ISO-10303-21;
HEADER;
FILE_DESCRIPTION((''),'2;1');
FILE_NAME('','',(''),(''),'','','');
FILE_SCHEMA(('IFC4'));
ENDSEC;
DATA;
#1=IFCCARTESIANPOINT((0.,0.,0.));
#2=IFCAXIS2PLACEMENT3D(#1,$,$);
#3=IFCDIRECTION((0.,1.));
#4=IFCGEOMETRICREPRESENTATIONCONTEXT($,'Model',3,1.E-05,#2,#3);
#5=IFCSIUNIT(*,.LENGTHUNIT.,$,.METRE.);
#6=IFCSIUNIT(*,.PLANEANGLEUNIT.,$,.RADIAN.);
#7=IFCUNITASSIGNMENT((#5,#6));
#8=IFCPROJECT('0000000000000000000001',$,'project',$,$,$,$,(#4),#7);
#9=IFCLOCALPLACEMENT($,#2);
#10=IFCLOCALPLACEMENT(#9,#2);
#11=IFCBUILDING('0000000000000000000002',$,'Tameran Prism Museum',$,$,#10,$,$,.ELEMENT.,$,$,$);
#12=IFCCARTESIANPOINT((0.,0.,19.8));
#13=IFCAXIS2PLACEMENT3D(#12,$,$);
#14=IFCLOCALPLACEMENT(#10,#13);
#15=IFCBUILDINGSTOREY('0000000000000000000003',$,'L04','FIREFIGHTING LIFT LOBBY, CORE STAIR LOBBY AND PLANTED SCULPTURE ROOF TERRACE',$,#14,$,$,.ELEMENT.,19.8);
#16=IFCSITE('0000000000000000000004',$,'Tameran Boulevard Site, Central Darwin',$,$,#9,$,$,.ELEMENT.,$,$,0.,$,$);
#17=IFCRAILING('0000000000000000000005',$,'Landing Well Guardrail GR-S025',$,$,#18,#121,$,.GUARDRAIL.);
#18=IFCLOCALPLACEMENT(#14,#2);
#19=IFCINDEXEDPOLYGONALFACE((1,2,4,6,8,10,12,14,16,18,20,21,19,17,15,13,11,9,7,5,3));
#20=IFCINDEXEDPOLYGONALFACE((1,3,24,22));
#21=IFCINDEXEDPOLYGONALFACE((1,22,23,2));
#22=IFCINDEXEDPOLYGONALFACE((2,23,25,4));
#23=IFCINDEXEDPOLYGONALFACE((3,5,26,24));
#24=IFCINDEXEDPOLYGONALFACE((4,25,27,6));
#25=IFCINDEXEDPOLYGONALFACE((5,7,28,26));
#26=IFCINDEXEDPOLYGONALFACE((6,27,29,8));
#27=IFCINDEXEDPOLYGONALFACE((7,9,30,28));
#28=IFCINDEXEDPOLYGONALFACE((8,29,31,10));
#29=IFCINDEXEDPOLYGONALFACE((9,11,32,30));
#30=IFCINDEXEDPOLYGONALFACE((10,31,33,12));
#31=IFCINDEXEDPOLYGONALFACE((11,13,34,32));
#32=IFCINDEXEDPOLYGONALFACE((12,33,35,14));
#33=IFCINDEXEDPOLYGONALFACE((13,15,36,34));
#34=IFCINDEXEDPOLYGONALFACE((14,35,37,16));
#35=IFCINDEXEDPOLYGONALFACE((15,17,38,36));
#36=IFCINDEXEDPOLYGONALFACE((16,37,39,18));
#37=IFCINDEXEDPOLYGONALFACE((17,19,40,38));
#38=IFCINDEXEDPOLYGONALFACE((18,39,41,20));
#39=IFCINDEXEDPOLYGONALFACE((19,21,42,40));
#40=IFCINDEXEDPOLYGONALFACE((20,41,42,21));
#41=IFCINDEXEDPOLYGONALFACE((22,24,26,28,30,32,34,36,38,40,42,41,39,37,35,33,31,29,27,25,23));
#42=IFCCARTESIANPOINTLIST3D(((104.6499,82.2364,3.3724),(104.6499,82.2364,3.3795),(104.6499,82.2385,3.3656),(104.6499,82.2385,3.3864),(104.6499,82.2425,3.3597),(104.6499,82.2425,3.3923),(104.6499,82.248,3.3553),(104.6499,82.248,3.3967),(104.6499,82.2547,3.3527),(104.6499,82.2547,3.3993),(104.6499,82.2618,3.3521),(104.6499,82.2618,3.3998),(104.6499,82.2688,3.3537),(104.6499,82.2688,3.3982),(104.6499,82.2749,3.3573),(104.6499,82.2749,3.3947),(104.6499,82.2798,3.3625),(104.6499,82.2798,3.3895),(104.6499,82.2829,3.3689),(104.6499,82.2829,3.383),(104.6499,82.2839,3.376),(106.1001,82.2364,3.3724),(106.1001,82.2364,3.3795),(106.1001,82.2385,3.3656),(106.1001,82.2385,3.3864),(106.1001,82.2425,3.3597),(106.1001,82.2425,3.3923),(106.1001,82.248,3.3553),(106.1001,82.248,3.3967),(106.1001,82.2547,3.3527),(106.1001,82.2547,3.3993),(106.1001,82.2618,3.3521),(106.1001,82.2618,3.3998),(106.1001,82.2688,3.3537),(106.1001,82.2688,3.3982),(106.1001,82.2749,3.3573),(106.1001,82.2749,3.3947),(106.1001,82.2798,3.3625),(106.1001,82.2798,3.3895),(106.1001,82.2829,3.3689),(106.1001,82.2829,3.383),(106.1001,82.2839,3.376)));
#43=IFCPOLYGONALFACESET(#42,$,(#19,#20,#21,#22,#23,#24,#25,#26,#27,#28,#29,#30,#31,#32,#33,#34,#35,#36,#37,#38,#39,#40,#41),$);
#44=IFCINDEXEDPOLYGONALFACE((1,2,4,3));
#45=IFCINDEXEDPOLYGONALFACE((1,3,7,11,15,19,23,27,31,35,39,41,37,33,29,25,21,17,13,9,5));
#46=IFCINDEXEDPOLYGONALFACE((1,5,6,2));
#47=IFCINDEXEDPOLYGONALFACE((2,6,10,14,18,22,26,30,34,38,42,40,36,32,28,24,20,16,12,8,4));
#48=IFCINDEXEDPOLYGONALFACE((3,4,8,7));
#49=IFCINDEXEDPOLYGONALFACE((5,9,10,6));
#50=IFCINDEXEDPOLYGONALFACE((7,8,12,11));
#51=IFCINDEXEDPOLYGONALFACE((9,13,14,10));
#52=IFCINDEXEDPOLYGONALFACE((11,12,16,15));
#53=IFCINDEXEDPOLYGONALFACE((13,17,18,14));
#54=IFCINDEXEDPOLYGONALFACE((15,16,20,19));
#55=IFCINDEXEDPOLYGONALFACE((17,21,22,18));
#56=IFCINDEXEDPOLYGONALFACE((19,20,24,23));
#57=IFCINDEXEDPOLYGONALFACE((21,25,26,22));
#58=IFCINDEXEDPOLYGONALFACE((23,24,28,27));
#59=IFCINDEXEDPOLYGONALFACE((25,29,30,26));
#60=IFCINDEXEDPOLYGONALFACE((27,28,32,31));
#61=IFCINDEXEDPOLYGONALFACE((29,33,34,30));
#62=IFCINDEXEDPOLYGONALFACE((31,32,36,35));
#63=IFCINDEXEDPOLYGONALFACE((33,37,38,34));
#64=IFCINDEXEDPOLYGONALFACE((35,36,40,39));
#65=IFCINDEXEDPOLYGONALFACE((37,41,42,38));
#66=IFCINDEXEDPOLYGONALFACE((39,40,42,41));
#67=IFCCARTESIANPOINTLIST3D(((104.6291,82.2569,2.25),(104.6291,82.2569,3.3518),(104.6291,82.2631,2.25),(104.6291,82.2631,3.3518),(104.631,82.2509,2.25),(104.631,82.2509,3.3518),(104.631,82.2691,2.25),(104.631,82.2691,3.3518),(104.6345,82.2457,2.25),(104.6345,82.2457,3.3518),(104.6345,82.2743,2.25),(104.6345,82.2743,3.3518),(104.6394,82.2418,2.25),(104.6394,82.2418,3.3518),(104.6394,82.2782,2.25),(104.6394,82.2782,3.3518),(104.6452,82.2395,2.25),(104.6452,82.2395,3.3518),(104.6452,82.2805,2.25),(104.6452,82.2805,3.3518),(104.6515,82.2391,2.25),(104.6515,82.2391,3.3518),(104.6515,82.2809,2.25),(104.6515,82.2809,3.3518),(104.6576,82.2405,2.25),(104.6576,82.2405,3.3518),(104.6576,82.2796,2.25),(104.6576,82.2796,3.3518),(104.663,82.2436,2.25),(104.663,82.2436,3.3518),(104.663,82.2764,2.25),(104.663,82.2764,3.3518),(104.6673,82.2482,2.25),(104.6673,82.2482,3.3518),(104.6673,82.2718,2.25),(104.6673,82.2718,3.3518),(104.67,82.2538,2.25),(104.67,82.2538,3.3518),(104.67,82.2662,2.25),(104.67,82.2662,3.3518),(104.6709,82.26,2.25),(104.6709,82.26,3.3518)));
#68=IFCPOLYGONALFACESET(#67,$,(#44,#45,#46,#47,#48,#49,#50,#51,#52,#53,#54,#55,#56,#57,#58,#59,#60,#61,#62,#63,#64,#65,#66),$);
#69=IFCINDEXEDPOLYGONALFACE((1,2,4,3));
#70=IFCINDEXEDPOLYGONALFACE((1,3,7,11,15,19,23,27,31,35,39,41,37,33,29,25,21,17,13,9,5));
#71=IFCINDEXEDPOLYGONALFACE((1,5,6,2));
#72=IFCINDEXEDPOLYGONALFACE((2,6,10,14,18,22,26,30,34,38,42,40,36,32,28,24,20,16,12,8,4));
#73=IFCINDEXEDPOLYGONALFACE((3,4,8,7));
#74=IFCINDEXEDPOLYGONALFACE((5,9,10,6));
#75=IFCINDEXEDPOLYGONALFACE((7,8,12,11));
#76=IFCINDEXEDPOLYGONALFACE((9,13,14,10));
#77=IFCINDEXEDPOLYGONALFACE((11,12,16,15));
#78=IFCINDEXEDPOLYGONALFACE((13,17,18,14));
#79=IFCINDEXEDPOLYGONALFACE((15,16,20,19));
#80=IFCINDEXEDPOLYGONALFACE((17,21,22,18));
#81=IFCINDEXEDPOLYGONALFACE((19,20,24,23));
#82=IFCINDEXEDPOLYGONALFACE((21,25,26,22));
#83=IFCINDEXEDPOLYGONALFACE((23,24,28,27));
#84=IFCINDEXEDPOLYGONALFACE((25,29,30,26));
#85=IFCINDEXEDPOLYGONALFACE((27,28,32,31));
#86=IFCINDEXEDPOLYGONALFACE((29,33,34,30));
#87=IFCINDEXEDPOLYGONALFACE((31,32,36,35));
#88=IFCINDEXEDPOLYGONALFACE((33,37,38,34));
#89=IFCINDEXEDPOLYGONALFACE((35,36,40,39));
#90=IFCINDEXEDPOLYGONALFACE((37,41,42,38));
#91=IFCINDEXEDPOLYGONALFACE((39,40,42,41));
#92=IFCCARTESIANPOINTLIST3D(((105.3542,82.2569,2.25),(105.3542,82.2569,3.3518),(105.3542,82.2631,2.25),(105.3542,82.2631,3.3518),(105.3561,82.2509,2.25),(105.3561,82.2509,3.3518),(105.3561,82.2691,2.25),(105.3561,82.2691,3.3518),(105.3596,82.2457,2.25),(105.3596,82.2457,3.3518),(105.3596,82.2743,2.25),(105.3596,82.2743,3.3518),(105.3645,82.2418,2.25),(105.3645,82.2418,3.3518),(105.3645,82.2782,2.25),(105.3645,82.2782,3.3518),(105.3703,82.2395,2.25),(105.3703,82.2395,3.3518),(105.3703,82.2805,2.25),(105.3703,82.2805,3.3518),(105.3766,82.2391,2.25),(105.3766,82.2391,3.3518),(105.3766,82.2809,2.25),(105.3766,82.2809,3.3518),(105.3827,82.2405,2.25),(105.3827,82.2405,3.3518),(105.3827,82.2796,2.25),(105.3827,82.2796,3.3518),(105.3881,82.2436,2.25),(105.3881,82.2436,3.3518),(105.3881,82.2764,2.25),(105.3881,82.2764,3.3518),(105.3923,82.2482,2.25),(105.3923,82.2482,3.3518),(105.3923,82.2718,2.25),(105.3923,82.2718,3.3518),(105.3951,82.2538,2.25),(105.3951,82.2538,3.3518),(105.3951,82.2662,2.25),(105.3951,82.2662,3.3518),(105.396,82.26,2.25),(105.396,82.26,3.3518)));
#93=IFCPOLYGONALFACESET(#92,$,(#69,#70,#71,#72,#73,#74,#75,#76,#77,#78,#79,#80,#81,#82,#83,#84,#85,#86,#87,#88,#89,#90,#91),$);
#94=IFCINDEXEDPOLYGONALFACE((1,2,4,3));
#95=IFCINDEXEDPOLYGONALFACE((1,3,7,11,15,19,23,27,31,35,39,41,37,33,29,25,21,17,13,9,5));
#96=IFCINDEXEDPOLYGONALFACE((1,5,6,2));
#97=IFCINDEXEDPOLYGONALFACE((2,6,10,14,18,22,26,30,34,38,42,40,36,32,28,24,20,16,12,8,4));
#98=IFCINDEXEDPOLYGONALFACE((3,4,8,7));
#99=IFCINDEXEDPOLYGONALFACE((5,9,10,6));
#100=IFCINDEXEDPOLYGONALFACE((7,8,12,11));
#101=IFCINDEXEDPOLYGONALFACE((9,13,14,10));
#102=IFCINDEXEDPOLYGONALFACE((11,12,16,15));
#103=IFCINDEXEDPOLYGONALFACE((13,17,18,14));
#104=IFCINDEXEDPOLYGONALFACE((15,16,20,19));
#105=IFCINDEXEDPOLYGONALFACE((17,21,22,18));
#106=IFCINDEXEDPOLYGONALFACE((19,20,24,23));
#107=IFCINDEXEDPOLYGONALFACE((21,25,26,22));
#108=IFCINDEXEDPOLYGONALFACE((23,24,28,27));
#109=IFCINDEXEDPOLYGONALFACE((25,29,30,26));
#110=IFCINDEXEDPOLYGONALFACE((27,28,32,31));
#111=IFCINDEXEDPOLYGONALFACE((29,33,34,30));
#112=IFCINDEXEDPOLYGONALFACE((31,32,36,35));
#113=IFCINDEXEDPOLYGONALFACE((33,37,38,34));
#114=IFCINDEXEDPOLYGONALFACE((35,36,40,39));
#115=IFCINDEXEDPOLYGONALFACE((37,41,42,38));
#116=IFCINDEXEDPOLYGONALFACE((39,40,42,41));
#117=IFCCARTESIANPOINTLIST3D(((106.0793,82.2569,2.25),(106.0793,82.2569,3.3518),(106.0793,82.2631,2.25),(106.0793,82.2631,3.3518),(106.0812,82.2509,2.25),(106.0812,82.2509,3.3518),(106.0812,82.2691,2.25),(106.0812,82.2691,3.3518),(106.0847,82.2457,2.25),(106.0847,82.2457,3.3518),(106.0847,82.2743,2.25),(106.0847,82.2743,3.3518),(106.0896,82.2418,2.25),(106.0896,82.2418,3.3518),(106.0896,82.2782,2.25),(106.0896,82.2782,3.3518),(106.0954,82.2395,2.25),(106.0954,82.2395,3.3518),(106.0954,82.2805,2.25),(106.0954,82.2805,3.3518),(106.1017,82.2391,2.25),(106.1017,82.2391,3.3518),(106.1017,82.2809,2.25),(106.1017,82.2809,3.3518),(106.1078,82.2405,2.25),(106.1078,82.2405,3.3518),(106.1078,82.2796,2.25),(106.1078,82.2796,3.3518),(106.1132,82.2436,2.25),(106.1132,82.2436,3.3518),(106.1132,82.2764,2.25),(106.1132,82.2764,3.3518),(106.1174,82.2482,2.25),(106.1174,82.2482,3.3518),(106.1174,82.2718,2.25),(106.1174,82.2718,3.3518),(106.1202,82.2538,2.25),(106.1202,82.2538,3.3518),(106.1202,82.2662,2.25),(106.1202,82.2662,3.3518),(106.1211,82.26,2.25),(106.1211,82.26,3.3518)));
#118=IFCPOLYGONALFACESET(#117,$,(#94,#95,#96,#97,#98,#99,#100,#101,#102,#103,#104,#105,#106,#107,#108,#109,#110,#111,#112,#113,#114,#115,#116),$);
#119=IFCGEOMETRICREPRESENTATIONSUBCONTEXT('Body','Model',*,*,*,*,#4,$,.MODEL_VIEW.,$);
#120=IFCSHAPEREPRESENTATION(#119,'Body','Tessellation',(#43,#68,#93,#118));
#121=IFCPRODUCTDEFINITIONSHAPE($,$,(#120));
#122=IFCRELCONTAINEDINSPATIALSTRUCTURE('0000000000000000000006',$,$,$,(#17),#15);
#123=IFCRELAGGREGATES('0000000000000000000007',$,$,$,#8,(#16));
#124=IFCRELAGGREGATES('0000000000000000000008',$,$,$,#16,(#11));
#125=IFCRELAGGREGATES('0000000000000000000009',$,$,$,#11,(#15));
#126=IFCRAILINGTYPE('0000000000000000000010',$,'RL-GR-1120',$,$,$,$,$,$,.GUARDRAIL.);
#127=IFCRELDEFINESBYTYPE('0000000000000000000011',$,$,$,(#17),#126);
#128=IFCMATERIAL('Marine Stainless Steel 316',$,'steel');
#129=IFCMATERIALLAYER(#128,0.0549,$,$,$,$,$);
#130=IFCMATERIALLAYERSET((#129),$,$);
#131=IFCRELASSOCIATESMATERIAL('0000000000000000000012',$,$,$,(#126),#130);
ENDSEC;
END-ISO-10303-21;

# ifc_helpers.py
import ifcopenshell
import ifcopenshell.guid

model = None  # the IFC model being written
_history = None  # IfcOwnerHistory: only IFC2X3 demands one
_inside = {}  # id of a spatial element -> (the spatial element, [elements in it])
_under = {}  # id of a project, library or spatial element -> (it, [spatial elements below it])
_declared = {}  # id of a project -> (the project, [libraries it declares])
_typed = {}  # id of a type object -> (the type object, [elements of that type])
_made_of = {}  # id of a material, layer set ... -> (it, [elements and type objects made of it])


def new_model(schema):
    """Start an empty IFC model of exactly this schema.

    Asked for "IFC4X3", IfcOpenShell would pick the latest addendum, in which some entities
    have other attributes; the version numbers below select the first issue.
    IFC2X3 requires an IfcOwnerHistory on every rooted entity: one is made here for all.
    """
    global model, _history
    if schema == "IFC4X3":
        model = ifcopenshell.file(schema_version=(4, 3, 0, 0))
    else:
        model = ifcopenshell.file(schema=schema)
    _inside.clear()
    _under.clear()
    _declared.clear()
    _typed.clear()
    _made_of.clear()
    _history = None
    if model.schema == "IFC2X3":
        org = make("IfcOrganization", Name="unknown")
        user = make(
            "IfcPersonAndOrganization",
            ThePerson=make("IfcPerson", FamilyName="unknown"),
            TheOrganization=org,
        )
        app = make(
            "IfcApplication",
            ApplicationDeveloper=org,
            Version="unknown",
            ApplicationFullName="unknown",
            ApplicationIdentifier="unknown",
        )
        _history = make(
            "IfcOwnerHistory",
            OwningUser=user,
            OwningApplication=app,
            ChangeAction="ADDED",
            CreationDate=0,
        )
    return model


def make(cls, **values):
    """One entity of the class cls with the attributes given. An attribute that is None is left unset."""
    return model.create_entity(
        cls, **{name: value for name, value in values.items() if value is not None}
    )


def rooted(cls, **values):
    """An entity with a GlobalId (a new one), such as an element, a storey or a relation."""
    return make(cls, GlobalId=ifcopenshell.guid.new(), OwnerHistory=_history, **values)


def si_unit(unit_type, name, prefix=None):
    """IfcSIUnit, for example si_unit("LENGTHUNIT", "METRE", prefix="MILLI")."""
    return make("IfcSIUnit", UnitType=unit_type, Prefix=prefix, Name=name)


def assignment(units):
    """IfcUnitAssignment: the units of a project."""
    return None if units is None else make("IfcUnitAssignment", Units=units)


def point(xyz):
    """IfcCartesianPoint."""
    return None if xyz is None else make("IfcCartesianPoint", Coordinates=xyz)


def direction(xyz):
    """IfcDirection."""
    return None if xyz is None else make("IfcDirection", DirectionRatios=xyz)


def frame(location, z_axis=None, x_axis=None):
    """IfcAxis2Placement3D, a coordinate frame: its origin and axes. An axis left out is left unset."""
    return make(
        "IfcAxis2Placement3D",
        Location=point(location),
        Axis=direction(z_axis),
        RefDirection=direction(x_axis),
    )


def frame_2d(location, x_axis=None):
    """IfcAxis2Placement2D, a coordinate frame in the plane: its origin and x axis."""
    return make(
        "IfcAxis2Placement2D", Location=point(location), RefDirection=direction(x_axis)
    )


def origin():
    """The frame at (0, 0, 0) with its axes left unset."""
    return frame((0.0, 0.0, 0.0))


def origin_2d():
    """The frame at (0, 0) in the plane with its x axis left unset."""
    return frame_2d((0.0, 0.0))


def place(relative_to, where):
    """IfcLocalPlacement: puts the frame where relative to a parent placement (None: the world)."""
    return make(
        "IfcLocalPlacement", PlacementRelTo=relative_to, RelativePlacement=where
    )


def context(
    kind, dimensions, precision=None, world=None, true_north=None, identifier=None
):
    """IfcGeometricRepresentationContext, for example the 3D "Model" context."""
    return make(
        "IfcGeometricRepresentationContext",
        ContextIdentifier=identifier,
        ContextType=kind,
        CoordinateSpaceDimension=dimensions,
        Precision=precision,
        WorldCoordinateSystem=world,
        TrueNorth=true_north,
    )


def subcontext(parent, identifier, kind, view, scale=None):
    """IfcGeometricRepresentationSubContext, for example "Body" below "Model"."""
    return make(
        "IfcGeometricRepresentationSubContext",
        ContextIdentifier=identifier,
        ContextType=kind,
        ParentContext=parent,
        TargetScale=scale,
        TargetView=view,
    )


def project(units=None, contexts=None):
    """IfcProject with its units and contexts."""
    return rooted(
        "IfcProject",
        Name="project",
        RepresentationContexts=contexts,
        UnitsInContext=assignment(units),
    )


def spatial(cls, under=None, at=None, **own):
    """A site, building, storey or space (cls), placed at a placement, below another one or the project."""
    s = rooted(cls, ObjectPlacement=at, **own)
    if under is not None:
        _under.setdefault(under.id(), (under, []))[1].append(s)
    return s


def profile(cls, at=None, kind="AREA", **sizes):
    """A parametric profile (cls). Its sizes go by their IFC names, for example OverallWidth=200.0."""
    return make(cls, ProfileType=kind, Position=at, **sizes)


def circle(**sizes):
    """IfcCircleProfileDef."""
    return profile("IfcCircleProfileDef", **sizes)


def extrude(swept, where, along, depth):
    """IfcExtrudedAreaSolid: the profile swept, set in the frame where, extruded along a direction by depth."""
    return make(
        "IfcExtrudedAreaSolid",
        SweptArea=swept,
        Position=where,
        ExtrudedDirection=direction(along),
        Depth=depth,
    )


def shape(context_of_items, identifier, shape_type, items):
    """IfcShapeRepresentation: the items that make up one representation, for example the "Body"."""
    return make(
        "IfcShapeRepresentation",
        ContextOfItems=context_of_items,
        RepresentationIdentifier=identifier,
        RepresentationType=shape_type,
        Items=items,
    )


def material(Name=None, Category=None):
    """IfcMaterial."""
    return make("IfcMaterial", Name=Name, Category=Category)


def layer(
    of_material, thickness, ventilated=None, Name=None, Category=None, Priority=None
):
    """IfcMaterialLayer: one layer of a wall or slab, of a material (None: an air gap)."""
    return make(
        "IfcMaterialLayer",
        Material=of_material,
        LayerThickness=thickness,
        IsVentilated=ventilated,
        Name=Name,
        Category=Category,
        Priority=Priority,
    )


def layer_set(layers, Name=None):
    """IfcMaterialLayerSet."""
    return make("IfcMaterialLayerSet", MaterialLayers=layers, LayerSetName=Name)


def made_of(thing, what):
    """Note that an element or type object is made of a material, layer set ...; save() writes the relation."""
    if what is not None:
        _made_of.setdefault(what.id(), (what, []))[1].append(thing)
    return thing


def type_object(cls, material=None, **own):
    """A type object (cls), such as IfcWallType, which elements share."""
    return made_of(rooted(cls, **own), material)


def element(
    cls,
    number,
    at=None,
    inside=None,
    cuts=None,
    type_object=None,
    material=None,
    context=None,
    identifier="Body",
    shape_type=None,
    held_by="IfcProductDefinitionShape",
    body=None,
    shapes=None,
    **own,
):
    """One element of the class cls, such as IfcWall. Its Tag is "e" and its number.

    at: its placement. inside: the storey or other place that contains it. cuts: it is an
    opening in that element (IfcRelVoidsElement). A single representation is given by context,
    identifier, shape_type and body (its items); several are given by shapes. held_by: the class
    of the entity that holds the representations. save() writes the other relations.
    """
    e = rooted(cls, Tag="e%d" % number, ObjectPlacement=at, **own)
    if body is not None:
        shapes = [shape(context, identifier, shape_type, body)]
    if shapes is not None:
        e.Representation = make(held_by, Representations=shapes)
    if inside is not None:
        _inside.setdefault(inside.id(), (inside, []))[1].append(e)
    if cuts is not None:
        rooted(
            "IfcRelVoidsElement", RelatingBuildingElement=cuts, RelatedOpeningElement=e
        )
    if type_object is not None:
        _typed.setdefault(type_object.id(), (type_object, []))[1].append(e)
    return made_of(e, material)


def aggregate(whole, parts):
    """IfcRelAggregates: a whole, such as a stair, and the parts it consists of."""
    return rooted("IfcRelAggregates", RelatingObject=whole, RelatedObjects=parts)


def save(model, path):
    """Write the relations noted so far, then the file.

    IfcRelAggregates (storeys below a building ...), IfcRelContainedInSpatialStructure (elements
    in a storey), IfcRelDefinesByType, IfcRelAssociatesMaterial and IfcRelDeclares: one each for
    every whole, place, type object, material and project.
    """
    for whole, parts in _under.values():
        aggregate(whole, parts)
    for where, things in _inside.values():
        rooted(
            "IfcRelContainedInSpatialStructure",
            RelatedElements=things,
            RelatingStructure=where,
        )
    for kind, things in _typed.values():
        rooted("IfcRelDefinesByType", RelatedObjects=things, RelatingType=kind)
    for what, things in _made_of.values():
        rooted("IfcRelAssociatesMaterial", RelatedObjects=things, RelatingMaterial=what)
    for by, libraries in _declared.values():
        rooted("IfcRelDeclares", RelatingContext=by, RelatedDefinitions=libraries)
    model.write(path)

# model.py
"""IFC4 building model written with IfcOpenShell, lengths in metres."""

from ifc_helpers import new_model, si_unit, direction, frame, origin, origin_2d, place, context, subcontext, project, spatial, circle, extrude, material, layer, layer_set, type_object, element, save


model = new_model("IFC4")

# Units and contexts
model_context = context("Model", 3, precision=1e-05, world=origin(), true_north=direction((0.0, 1.0)))
body_context = subcontext(model_context, "Body", "Model", "MODEL_VIEW")
ifc_project = project(units=[si_unit("LENGTHUNIT", "METRE"), si_unit("PLANEANGLEUNIT", "RADIAN")], contexts=[model_context])

# Site, building, storey
site_placement = place(None, origin())
site = spatial("IfcSite", under=ifc_project, at=site_placement, Name="Tameran Boulevard Site, Central Darwin", CompositionType="ELEMENT", RefElevation=0.0)
building_placement = place(site_placement, origin())
building = spatial("IfcBuilding", under=site, at=building_placement, Name="Tameran Prism Museum", CompositionType="ELEMENT")
storey_placement = place(building_placement, frame((0.0, 0.0, 19.8)))
storey = spatial("IfcBuildingStorey", under=building, at=storey_placement, Name="L04", Description="FIREFIGHTING LIFT LOBBY, CORE STAIR LOBBY AND PLANTED SCULPTURE ROOF TERRACE", CompositionType="ELEMENT", Elevation=19.8)

# Railing
ifc_material_1 = material(Name="Marine Stainless Steel 316", Category="steel")
ifc_layer_1 = layer(ifc_material_1, 0.0549)
ifc_layer_set_1 = layer_set([ifc_layer_1])
railing_type_1 = type_object("IfcRailingType", Name="RL-GR-1120", PredefinedType="GUARDRAIL", material=ifc_layer_set_1)
for number, where, name in (
    (1, (104.6499, 82.26, 2.25), "Landing Well Guardrail GR-S025"),
):
    element("IfcRailing", number, at=place(storey_placement, frame(where)), inside=storey, type_object=railing_type_1, Name=name, PredefinedType="GUARDRAIL", context=body_context, shape_type="SweptSolid", body=[
        extrude(circle(Radius=0.0239, at=origin_2d()), frame((0.0, 0.0, 1.126), z_axis=(1.0, 0.0, 0.0), x_axis=(0.0, 1.0, 0.0)), (0.0, 0.0, 1.0), 1.4502),
        extrude(circle(Radius=0.021, at=origin_2d()), origin(), (0.0, 0.0, 1.0), 1.1018),
        extrude(circle(Radius=0.021, at=origin_2d()), frame((0.7251, 0.0, 0.0)), (0.0, 0.0, 1.0), 1.1018),
        extrude(circle(Radius=0.021, at=origin_2d()), frame((1.4502, 0.0, 0.0)), (0.0, 0.0, 1.0), 1.1018),
    ])

save(model, "model.ifc")
